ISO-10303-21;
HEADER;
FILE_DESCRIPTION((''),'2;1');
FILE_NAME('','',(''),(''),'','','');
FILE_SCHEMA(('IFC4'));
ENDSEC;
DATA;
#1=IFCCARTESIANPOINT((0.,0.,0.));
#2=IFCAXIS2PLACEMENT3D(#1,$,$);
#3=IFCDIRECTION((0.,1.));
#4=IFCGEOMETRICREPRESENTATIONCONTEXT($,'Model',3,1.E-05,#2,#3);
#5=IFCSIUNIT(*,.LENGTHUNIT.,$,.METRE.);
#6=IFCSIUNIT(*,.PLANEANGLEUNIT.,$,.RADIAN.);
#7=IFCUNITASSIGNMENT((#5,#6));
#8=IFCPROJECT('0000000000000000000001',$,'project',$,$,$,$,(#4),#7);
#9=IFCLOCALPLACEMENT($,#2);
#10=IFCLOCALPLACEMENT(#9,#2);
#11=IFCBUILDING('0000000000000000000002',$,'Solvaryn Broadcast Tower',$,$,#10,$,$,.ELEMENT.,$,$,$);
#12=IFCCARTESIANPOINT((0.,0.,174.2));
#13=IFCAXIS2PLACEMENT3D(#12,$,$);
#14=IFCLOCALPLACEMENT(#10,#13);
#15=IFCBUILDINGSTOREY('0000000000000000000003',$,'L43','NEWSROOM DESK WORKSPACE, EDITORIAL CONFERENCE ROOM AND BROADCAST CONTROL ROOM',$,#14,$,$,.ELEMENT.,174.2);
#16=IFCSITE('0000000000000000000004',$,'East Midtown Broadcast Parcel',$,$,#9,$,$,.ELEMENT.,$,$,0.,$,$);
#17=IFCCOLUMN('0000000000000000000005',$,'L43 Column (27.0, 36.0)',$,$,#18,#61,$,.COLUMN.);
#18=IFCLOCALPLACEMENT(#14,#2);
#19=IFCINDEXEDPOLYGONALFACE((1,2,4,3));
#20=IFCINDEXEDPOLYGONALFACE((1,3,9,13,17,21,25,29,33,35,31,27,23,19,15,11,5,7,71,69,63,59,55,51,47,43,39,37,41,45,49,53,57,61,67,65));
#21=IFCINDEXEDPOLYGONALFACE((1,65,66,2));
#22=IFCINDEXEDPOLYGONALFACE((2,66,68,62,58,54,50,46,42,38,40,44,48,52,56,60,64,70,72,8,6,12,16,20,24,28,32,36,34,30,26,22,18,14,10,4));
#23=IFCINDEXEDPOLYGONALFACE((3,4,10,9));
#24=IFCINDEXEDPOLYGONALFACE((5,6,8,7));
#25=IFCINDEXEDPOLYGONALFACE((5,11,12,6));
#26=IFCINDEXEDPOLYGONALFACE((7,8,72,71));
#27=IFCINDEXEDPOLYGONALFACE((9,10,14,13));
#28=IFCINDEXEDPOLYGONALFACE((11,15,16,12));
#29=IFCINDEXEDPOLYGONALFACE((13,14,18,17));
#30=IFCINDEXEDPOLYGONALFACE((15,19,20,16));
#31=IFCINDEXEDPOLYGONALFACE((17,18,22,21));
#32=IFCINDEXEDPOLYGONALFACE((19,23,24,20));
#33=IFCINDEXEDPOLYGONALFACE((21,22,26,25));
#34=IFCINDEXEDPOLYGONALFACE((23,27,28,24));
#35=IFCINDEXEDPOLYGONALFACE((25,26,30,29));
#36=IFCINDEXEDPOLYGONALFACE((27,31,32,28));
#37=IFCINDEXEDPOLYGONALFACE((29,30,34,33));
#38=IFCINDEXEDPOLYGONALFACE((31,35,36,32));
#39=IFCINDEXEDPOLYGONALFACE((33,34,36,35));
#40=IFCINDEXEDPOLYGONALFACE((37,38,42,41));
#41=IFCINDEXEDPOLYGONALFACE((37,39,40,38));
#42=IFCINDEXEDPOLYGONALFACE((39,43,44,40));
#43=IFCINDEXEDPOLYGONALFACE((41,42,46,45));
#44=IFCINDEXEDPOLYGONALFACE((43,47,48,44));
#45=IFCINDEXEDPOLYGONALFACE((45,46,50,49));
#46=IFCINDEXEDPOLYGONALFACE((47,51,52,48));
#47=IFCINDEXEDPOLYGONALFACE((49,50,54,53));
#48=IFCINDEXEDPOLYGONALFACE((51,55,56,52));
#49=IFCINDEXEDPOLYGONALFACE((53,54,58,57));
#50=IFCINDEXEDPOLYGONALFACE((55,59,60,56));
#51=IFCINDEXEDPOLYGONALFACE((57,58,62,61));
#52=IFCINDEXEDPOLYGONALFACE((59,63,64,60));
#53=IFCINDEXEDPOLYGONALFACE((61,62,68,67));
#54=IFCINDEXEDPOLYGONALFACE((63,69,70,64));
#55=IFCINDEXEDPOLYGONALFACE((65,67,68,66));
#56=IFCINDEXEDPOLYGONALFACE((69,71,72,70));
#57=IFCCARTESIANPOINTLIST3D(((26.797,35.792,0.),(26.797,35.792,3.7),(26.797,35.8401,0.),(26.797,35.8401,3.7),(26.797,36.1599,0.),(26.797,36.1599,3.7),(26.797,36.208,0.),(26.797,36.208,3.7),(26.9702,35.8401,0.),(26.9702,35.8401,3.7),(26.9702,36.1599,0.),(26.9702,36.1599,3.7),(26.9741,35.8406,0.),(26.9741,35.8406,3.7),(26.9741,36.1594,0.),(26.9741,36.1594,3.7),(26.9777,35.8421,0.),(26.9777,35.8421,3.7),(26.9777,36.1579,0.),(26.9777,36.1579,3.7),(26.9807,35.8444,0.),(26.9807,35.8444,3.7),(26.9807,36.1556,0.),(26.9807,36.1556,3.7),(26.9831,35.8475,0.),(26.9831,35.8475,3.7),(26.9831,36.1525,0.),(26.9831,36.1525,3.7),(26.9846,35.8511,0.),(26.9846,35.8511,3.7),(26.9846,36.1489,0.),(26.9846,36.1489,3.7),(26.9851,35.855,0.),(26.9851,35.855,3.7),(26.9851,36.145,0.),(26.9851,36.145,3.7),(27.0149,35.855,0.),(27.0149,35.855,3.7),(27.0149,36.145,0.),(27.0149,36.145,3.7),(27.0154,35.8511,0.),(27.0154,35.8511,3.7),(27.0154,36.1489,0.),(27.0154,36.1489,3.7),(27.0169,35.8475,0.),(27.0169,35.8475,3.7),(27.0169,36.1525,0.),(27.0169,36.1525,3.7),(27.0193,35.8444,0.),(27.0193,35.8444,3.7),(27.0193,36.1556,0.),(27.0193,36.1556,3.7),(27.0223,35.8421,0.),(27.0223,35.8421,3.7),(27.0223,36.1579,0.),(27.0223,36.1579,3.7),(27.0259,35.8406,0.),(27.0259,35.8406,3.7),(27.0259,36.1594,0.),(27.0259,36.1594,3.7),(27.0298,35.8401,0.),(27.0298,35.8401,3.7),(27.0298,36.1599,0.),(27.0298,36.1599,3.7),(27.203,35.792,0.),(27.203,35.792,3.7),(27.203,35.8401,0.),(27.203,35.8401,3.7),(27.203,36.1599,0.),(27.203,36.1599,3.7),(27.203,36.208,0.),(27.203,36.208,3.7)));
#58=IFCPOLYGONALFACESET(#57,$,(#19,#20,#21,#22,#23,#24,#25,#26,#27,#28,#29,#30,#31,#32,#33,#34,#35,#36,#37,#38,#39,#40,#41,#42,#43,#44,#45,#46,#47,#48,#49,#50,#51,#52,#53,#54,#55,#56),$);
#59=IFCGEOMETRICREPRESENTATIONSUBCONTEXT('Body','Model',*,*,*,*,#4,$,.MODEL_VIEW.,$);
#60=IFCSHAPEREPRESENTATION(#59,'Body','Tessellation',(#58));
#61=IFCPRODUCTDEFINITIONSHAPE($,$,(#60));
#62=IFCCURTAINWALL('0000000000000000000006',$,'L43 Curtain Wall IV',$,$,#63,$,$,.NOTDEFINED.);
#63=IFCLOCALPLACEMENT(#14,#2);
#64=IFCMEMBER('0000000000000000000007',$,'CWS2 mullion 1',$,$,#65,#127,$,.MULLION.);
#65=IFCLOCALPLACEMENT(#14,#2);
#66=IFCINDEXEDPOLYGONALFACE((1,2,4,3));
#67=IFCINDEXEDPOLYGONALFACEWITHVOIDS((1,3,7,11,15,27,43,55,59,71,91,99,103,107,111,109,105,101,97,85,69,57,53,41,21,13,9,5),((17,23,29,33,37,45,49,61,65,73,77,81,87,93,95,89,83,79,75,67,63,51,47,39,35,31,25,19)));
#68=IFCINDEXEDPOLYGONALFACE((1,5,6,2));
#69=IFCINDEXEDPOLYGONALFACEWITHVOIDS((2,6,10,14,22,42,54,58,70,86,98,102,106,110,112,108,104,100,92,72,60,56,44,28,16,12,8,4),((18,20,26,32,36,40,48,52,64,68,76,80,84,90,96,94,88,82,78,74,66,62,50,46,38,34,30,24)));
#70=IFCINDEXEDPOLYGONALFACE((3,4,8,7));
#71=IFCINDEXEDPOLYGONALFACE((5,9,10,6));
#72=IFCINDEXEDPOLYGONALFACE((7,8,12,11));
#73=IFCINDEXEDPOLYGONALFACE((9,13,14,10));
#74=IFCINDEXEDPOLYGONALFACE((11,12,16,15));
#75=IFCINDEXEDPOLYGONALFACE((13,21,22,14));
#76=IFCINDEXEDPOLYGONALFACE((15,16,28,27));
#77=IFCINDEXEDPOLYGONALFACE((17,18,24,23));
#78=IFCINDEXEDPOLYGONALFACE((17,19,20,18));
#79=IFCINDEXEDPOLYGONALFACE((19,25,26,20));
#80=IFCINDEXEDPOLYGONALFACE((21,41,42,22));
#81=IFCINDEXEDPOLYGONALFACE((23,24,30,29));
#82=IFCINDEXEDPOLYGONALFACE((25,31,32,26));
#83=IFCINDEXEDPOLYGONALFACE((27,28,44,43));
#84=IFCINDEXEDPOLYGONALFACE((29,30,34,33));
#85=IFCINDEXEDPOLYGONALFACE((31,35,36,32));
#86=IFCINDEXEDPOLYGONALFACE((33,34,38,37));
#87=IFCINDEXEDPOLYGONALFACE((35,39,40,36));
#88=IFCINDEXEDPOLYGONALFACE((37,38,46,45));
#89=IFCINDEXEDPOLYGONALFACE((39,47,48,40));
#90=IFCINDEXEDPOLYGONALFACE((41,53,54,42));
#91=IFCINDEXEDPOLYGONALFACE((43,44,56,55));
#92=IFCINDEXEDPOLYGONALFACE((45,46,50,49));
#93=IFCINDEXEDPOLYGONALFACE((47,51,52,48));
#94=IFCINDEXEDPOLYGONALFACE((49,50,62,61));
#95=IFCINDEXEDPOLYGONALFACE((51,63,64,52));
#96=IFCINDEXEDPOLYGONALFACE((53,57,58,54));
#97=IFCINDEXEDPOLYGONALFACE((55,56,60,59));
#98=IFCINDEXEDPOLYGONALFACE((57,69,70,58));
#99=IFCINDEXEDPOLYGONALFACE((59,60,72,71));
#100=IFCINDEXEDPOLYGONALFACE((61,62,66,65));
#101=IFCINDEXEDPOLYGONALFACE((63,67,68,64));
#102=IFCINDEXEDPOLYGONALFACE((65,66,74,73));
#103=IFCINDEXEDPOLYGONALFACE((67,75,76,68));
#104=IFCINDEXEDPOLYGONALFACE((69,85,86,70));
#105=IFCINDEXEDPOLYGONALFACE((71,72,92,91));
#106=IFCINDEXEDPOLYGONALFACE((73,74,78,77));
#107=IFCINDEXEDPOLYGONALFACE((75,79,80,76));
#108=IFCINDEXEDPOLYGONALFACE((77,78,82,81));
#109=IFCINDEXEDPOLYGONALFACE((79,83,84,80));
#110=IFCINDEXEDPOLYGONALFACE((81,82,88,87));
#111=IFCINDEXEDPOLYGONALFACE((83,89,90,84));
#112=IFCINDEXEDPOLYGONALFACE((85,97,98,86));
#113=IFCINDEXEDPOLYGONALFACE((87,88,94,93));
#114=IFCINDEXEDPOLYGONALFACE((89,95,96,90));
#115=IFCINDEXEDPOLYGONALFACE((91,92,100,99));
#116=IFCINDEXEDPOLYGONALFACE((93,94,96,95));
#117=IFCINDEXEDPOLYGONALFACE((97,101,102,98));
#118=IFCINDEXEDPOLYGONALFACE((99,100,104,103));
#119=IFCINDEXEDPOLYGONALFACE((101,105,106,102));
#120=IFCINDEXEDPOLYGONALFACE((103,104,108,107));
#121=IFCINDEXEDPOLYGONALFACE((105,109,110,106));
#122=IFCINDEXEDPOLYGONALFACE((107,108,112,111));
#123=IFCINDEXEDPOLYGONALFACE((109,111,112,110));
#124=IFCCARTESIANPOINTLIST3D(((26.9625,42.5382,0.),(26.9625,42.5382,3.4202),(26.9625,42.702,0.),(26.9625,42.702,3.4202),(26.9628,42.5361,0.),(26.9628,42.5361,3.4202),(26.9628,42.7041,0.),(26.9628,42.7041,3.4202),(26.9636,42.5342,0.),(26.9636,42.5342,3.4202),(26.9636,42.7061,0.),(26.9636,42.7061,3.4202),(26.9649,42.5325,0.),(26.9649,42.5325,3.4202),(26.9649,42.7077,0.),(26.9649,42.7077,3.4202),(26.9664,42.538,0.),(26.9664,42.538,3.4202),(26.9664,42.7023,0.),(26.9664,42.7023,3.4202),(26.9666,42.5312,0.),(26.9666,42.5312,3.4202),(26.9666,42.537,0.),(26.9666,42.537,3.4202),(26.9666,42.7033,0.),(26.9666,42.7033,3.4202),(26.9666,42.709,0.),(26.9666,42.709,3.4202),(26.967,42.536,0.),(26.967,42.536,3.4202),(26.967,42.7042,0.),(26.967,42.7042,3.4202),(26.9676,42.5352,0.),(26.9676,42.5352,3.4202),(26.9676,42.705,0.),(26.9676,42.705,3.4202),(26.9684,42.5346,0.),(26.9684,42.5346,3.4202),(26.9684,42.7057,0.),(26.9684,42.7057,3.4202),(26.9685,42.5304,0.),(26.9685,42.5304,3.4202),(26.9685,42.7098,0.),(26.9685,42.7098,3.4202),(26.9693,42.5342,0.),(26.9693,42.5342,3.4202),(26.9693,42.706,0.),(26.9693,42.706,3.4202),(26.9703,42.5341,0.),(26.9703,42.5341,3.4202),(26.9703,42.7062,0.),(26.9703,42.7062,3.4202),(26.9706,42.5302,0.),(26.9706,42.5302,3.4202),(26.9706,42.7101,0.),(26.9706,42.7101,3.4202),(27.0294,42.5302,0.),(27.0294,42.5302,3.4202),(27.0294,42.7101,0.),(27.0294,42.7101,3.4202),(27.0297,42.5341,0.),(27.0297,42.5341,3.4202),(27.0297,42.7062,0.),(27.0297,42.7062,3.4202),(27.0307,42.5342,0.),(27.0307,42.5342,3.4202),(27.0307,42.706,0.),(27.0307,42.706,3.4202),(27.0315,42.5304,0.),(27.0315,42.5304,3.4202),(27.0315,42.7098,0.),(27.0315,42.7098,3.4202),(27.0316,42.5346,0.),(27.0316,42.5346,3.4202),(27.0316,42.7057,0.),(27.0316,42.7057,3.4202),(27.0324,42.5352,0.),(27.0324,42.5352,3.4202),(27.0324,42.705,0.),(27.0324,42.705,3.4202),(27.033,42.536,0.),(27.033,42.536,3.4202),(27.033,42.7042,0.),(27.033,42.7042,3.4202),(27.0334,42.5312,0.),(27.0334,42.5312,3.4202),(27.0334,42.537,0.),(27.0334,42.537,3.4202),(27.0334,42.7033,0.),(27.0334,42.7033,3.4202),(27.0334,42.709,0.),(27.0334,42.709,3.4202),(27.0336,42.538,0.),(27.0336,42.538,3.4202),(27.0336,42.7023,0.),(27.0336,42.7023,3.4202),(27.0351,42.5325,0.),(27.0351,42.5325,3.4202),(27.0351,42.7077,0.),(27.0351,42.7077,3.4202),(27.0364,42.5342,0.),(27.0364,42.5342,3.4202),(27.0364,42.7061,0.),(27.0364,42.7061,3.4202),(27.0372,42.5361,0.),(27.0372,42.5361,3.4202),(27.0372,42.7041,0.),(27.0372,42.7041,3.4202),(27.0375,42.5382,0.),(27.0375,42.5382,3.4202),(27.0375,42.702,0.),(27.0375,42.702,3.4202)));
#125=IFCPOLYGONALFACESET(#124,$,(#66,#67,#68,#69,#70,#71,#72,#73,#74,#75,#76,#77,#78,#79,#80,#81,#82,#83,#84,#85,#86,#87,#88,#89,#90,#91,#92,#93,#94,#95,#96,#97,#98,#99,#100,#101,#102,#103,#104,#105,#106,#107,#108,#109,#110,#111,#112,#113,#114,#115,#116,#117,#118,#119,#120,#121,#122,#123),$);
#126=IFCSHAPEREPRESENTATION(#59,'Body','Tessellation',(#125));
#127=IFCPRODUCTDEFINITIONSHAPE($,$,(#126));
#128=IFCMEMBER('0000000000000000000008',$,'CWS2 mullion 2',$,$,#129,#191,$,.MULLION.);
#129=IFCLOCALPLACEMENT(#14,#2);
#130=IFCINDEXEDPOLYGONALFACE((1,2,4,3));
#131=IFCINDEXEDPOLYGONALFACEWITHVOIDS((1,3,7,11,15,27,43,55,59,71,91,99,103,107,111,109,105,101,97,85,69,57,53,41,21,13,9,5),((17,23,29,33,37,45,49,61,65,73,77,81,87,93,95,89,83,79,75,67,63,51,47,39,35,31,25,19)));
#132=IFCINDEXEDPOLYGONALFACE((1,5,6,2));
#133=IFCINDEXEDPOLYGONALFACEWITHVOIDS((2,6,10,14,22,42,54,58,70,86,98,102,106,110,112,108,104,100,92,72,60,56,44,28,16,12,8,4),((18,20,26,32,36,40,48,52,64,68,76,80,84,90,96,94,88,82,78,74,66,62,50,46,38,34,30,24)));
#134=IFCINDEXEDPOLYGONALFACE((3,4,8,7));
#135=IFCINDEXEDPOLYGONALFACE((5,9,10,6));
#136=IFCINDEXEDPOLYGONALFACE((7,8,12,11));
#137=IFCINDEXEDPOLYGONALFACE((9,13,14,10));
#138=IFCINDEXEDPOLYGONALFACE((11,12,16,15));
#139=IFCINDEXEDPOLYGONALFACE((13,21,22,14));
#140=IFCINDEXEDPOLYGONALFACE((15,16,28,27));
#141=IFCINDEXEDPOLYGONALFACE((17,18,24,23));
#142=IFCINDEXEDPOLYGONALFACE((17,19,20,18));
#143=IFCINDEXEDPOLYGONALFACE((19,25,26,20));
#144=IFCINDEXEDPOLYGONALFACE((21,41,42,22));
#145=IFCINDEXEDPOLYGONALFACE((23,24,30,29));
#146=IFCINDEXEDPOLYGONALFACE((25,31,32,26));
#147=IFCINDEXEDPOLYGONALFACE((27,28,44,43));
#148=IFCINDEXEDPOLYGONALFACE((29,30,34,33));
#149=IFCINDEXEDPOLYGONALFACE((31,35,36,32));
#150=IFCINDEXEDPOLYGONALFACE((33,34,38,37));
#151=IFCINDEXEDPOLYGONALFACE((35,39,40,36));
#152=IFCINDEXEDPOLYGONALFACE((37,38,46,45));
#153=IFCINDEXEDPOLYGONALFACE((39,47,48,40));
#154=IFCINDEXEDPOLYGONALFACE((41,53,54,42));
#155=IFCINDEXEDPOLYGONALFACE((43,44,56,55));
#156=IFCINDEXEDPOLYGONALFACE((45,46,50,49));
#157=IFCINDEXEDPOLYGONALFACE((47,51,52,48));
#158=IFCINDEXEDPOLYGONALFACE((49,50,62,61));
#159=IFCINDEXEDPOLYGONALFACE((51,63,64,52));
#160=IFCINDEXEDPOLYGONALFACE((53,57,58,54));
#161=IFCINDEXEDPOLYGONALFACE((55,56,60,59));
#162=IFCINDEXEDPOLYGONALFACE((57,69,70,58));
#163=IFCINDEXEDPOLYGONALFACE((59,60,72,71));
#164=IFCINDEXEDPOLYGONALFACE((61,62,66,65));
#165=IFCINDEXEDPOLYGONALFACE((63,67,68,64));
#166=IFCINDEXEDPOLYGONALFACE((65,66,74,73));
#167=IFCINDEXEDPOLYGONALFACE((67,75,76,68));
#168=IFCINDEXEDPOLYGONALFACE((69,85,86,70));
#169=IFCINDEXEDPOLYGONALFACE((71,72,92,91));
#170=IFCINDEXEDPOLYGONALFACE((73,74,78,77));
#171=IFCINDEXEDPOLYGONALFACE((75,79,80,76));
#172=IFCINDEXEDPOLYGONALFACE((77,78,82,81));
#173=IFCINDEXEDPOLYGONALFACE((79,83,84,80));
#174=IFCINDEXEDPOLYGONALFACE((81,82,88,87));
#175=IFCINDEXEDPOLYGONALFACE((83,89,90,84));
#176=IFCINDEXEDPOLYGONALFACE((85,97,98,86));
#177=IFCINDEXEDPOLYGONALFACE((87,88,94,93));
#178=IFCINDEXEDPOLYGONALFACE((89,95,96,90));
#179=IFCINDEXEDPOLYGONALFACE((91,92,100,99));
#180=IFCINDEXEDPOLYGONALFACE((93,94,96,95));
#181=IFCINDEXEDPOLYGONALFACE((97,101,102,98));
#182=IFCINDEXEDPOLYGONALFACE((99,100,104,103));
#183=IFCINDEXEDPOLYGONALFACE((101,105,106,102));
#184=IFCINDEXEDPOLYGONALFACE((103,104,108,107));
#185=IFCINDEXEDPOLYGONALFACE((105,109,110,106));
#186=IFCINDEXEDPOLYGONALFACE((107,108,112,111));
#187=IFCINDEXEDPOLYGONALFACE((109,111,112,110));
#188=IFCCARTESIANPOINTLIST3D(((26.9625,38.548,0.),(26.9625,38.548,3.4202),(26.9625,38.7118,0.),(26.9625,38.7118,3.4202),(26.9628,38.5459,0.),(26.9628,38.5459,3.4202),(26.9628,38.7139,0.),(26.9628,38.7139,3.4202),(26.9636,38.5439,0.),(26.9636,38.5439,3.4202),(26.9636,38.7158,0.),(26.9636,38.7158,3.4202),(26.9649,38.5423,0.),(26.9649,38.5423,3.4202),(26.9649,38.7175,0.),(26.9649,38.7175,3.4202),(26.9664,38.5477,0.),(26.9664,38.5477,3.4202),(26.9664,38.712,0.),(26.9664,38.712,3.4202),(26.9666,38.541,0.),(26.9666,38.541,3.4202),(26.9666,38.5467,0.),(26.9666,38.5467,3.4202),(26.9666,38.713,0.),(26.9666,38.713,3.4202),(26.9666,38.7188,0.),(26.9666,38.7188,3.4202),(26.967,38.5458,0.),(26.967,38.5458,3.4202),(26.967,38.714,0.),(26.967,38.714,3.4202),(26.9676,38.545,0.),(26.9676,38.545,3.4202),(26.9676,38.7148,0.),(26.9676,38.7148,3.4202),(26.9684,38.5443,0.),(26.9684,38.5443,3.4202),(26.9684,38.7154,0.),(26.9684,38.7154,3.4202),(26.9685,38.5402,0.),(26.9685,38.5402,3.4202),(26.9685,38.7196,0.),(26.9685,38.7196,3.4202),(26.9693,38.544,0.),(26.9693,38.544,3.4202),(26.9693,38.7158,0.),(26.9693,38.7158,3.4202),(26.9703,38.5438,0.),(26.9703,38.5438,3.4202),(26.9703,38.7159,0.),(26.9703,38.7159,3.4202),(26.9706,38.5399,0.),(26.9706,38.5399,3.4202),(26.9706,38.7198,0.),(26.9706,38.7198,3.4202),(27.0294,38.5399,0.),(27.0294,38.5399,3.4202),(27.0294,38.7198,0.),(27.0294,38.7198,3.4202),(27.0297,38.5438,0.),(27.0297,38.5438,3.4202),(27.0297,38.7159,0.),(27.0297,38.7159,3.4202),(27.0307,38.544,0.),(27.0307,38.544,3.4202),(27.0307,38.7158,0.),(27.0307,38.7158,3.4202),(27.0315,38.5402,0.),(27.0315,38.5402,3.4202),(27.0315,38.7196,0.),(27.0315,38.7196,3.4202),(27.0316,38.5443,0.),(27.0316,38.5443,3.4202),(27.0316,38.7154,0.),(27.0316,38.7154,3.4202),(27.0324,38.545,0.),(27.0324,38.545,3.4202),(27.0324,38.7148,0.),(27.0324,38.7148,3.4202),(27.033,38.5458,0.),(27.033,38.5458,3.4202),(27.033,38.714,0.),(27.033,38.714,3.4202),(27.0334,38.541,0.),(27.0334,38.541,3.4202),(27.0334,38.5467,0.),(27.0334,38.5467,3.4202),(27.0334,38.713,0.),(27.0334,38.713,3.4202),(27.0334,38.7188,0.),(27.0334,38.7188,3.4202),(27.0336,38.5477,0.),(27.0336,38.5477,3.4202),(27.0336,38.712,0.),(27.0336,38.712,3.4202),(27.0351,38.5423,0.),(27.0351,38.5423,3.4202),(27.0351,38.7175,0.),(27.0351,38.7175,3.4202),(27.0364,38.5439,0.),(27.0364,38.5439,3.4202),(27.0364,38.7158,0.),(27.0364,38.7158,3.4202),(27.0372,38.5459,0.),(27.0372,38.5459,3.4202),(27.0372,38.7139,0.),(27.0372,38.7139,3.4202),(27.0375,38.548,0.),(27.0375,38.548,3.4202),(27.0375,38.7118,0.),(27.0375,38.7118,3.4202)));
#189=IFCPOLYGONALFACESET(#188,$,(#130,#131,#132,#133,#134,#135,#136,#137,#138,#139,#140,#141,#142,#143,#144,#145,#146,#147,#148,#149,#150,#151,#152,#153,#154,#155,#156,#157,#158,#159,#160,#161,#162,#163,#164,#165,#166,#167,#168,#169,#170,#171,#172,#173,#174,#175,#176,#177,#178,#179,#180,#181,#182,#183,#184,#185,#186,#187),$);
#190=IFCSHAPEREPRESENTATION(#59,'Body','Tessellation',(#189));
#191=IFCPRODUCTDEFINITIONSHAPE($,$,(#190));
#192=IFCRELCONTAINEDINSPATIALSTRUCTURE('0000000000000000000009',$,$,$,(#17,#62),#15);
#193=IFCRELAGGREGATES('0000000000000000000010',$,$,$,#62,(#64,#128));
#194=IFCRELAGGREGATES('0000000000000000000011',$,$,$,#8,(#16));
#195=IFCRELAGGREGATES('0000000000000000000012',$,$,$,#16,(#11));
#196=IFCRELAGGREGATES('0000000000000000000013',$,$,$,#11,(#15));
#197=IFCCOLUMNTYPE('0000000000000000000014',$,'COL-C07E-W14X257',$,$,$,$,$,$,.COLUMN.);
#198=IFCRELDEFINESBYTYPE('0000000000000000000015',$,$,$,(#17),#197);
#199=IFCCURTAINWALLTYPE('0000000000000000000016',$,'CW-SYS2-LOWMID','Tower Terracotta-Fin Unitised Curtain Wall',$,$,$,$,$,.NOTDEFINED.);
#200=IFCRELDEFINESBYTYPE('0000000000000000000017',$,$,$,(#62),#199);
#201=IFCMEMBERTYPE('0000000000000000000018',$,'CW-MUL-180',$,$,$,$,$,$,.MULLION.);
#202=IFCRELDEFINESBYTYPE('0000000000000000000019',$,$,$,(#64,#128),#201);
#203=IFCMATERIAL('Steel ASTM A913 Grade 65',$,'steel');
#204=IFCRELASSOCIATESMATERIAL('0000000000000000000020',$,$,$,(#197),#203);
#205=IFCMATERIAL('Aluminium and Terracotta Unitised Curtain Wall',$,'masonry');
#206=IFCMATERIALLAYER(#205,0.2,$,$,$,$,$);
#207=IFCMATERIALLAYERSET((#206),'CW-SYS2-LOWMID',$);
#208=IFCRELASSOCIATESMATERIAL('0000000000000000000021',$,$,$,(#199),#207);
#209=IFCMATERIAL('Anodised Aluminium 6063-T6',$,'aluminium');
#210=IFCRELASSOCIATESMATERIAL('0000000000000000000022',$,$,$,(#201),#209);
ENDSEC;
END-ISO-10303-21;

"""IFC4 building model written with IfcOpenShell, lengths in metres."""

from ifc_helpers import new_model, si_unit, direction, frame, origin, origin_2d, place, context, subcontext, project, spatial, hollow_rectangle, i_section, extrude, material, layer, layer_set, material_profile, profile_set, type_object, element, aggregate, save


model = new_model("IFC4")

# Units and contexts
model_context = context("Model", 3, precision=1e-05, world=origin(), true_north=direction((0.0, 1.0)))
body_context = subcontext(model_context, "Body", "Model", "MODEL_VIEW")
ifc_project = project(units=[si_unit("LENGTHUNIT", "METRE"), si_unit("PLANEANGLEUNIT", "RADIAN")], contexts=[model_context])

# Site, building, storey
site_placement = place(None, origin())
site = spatial("IfcSite", under=ifc_project, at=site_placement, Name="East Midtown Broadcast Parcel", CompositionType="ELEMENT", RefElevation=0.0)
building_placement = place(site_placement, origin())
building = spatial("IfcBuilding", under=site, at=building_placement, Name="Solvaryn Broadcast Tower", CompositionType="ELEMENT")
storey_placement = place(building_placement, frame((0.0, 0.0, 174.2)))
storey = spatial("IfcBuildingStorey", under=building, at=storey_placement, Name="L43", Description="NEWSROOM DESK WORKSPACE, EDITORIAL CONFERENCE ROOM AND BROADCAST CONTROL ROOM", CompositionType="ELEMENT", Elevation=174.2)

# Column
ifc_material_1 = material(Name="Steel ASTM A913 Grade 65", Category="steel")
ifc_material_profile_1 = material_profile(ifc_material_1, i_section(OverallWidth=0.406, OverallDepth=0.416, WebThickness=0.0298, FlangeThickness=0.0481, FilletRadius=0.0149, at=origin_2d()))
ifc_profile_set_1 = profile_set([ifc_material_profile_1], Name="Steel ASTM A913 Grade 65")
column_type = type_object("IfcColumnType", Name="COL-C07E-W14X257", PredefinedType="COLUMN", material=ifc_profile_set_1)
column_placement = place(storey_placement, frame((27.0, 36.0, 0.0), z_axis=(0.0, 0.0, 1.0), x_axis=(1.0, 0.0, 0.0)))
element("IfcColumn", 1, at=column_placement, inside=storey, type_object=column_type, Name="L43 Column (27.0, 36.0)", PredefinedType="COLUMN", context=body_context, shape_type="SweptSolid", body=[
    extrude(i_section(OverallWidth=0.406, OverallDepth=0.416, WebThickness=0.0298, FlangeThickness=0.0481, FilletRadius=0.0149, at=origin_2d()), origin(), (0.0, 0.0, 1.0), 3.7),
])

# Curtain wall, members
ifc_material_2 = material(Name="Aluminium and Terracotta Unitised Curtain Wall", Category="masonry")
ifc_layer_1 = layer(ifc_material_2, 0.2)
ifc_layer_set_1 = layer_set([ifc_layer_1], Name="CW-SYS2-LOWMID")
curtain_wall_type = type_object("IfcCurtainWallType", Name="CW-SYS2-LOWMID", Description="Tower Terracotta-Fin Unitised Curtain Wall", PredefinedType="NOTDEFINED", material=ifc_layer_set_1)
curtain_wall_1_placement = place(storey_placement, origin())
curtain_wall_1 = element("IfcCurtainWall", 2, at=curtain_wall_1_placement, inside=storey, type_object=curtain_wall_type, Name="L43 Curtain Wall IV", PredefinedType="NOTDEFINED")
ifc_material_3 = material(Name="Anodised Aluminium 6063-T6", Category="aluminium")
ifc_material_profile_2 = material_profile(ifc_material_3, hollow_rectangle(XDim=0.075, YDim=0.1799, WallThickness=0.0039, InnerFilletRadius=0.0039, OuterFilletRadius=0.0081, at=origin_2d()))
ifc_profile_set_2 = profile_set([ifc_material_profile_2], Name="Anodised Aluminium 6063-T6")
member_type_1 = type_object("IfcMemberType", Name="CW-MUL-180", PredefinedType="MULLION", material=ifc_profile_set_2)
member_1_placement = place(storey_placement, frame((27.0, 42.6201, 0.0), z_axis=(0.0, 0.0, 1.0), x_axis=(1.0, 0.0, 0.0)))
member_1 = element("IfcMember", 3, at=member_1_placement, type_object=member_type_1, Name="CWS2 mullion 1", PredefinedType="MULLION", context=body_context, shape_type="SweptSolid", body=[
    extrude(hollow_rectangle(XDim=0.075, YDim=0.1799, WallThickness=0.0039, InnerFilletRadius=0.0039, OuterFilletRadius=0.0081, at=origin_2d()), origin(), (0.0, 0.0, 1.0), 3.4202),
])
member_2_placement = place(storey_placement, frame((27.0, 38.6299, 0.0), z_axis=(0.0, 0.0, 1.0), x_axis=(1.0, 0.0, 0.0)))
member_2 = element("IfcMember", 4, at=member_2_placement, type_object=member_type_1, Name="CWS2 mullion 2", PredefinedType="MULLION", context=body_context, shape_type="SweptSolid", body=[
    extrude(hollow_rectangle(XDim=0.075, YDim=0.1799, WallThickness=0.0039, InnerFilletRadius=0.0039, OuterFilletRadius=0.0081, at=origin_2d()), origin(), (0.0, 0.0, 1.0), 3.4202),
])

aggregate(curtain_wall_1, [member_1, member_2])

save(model, "model.ifc")
